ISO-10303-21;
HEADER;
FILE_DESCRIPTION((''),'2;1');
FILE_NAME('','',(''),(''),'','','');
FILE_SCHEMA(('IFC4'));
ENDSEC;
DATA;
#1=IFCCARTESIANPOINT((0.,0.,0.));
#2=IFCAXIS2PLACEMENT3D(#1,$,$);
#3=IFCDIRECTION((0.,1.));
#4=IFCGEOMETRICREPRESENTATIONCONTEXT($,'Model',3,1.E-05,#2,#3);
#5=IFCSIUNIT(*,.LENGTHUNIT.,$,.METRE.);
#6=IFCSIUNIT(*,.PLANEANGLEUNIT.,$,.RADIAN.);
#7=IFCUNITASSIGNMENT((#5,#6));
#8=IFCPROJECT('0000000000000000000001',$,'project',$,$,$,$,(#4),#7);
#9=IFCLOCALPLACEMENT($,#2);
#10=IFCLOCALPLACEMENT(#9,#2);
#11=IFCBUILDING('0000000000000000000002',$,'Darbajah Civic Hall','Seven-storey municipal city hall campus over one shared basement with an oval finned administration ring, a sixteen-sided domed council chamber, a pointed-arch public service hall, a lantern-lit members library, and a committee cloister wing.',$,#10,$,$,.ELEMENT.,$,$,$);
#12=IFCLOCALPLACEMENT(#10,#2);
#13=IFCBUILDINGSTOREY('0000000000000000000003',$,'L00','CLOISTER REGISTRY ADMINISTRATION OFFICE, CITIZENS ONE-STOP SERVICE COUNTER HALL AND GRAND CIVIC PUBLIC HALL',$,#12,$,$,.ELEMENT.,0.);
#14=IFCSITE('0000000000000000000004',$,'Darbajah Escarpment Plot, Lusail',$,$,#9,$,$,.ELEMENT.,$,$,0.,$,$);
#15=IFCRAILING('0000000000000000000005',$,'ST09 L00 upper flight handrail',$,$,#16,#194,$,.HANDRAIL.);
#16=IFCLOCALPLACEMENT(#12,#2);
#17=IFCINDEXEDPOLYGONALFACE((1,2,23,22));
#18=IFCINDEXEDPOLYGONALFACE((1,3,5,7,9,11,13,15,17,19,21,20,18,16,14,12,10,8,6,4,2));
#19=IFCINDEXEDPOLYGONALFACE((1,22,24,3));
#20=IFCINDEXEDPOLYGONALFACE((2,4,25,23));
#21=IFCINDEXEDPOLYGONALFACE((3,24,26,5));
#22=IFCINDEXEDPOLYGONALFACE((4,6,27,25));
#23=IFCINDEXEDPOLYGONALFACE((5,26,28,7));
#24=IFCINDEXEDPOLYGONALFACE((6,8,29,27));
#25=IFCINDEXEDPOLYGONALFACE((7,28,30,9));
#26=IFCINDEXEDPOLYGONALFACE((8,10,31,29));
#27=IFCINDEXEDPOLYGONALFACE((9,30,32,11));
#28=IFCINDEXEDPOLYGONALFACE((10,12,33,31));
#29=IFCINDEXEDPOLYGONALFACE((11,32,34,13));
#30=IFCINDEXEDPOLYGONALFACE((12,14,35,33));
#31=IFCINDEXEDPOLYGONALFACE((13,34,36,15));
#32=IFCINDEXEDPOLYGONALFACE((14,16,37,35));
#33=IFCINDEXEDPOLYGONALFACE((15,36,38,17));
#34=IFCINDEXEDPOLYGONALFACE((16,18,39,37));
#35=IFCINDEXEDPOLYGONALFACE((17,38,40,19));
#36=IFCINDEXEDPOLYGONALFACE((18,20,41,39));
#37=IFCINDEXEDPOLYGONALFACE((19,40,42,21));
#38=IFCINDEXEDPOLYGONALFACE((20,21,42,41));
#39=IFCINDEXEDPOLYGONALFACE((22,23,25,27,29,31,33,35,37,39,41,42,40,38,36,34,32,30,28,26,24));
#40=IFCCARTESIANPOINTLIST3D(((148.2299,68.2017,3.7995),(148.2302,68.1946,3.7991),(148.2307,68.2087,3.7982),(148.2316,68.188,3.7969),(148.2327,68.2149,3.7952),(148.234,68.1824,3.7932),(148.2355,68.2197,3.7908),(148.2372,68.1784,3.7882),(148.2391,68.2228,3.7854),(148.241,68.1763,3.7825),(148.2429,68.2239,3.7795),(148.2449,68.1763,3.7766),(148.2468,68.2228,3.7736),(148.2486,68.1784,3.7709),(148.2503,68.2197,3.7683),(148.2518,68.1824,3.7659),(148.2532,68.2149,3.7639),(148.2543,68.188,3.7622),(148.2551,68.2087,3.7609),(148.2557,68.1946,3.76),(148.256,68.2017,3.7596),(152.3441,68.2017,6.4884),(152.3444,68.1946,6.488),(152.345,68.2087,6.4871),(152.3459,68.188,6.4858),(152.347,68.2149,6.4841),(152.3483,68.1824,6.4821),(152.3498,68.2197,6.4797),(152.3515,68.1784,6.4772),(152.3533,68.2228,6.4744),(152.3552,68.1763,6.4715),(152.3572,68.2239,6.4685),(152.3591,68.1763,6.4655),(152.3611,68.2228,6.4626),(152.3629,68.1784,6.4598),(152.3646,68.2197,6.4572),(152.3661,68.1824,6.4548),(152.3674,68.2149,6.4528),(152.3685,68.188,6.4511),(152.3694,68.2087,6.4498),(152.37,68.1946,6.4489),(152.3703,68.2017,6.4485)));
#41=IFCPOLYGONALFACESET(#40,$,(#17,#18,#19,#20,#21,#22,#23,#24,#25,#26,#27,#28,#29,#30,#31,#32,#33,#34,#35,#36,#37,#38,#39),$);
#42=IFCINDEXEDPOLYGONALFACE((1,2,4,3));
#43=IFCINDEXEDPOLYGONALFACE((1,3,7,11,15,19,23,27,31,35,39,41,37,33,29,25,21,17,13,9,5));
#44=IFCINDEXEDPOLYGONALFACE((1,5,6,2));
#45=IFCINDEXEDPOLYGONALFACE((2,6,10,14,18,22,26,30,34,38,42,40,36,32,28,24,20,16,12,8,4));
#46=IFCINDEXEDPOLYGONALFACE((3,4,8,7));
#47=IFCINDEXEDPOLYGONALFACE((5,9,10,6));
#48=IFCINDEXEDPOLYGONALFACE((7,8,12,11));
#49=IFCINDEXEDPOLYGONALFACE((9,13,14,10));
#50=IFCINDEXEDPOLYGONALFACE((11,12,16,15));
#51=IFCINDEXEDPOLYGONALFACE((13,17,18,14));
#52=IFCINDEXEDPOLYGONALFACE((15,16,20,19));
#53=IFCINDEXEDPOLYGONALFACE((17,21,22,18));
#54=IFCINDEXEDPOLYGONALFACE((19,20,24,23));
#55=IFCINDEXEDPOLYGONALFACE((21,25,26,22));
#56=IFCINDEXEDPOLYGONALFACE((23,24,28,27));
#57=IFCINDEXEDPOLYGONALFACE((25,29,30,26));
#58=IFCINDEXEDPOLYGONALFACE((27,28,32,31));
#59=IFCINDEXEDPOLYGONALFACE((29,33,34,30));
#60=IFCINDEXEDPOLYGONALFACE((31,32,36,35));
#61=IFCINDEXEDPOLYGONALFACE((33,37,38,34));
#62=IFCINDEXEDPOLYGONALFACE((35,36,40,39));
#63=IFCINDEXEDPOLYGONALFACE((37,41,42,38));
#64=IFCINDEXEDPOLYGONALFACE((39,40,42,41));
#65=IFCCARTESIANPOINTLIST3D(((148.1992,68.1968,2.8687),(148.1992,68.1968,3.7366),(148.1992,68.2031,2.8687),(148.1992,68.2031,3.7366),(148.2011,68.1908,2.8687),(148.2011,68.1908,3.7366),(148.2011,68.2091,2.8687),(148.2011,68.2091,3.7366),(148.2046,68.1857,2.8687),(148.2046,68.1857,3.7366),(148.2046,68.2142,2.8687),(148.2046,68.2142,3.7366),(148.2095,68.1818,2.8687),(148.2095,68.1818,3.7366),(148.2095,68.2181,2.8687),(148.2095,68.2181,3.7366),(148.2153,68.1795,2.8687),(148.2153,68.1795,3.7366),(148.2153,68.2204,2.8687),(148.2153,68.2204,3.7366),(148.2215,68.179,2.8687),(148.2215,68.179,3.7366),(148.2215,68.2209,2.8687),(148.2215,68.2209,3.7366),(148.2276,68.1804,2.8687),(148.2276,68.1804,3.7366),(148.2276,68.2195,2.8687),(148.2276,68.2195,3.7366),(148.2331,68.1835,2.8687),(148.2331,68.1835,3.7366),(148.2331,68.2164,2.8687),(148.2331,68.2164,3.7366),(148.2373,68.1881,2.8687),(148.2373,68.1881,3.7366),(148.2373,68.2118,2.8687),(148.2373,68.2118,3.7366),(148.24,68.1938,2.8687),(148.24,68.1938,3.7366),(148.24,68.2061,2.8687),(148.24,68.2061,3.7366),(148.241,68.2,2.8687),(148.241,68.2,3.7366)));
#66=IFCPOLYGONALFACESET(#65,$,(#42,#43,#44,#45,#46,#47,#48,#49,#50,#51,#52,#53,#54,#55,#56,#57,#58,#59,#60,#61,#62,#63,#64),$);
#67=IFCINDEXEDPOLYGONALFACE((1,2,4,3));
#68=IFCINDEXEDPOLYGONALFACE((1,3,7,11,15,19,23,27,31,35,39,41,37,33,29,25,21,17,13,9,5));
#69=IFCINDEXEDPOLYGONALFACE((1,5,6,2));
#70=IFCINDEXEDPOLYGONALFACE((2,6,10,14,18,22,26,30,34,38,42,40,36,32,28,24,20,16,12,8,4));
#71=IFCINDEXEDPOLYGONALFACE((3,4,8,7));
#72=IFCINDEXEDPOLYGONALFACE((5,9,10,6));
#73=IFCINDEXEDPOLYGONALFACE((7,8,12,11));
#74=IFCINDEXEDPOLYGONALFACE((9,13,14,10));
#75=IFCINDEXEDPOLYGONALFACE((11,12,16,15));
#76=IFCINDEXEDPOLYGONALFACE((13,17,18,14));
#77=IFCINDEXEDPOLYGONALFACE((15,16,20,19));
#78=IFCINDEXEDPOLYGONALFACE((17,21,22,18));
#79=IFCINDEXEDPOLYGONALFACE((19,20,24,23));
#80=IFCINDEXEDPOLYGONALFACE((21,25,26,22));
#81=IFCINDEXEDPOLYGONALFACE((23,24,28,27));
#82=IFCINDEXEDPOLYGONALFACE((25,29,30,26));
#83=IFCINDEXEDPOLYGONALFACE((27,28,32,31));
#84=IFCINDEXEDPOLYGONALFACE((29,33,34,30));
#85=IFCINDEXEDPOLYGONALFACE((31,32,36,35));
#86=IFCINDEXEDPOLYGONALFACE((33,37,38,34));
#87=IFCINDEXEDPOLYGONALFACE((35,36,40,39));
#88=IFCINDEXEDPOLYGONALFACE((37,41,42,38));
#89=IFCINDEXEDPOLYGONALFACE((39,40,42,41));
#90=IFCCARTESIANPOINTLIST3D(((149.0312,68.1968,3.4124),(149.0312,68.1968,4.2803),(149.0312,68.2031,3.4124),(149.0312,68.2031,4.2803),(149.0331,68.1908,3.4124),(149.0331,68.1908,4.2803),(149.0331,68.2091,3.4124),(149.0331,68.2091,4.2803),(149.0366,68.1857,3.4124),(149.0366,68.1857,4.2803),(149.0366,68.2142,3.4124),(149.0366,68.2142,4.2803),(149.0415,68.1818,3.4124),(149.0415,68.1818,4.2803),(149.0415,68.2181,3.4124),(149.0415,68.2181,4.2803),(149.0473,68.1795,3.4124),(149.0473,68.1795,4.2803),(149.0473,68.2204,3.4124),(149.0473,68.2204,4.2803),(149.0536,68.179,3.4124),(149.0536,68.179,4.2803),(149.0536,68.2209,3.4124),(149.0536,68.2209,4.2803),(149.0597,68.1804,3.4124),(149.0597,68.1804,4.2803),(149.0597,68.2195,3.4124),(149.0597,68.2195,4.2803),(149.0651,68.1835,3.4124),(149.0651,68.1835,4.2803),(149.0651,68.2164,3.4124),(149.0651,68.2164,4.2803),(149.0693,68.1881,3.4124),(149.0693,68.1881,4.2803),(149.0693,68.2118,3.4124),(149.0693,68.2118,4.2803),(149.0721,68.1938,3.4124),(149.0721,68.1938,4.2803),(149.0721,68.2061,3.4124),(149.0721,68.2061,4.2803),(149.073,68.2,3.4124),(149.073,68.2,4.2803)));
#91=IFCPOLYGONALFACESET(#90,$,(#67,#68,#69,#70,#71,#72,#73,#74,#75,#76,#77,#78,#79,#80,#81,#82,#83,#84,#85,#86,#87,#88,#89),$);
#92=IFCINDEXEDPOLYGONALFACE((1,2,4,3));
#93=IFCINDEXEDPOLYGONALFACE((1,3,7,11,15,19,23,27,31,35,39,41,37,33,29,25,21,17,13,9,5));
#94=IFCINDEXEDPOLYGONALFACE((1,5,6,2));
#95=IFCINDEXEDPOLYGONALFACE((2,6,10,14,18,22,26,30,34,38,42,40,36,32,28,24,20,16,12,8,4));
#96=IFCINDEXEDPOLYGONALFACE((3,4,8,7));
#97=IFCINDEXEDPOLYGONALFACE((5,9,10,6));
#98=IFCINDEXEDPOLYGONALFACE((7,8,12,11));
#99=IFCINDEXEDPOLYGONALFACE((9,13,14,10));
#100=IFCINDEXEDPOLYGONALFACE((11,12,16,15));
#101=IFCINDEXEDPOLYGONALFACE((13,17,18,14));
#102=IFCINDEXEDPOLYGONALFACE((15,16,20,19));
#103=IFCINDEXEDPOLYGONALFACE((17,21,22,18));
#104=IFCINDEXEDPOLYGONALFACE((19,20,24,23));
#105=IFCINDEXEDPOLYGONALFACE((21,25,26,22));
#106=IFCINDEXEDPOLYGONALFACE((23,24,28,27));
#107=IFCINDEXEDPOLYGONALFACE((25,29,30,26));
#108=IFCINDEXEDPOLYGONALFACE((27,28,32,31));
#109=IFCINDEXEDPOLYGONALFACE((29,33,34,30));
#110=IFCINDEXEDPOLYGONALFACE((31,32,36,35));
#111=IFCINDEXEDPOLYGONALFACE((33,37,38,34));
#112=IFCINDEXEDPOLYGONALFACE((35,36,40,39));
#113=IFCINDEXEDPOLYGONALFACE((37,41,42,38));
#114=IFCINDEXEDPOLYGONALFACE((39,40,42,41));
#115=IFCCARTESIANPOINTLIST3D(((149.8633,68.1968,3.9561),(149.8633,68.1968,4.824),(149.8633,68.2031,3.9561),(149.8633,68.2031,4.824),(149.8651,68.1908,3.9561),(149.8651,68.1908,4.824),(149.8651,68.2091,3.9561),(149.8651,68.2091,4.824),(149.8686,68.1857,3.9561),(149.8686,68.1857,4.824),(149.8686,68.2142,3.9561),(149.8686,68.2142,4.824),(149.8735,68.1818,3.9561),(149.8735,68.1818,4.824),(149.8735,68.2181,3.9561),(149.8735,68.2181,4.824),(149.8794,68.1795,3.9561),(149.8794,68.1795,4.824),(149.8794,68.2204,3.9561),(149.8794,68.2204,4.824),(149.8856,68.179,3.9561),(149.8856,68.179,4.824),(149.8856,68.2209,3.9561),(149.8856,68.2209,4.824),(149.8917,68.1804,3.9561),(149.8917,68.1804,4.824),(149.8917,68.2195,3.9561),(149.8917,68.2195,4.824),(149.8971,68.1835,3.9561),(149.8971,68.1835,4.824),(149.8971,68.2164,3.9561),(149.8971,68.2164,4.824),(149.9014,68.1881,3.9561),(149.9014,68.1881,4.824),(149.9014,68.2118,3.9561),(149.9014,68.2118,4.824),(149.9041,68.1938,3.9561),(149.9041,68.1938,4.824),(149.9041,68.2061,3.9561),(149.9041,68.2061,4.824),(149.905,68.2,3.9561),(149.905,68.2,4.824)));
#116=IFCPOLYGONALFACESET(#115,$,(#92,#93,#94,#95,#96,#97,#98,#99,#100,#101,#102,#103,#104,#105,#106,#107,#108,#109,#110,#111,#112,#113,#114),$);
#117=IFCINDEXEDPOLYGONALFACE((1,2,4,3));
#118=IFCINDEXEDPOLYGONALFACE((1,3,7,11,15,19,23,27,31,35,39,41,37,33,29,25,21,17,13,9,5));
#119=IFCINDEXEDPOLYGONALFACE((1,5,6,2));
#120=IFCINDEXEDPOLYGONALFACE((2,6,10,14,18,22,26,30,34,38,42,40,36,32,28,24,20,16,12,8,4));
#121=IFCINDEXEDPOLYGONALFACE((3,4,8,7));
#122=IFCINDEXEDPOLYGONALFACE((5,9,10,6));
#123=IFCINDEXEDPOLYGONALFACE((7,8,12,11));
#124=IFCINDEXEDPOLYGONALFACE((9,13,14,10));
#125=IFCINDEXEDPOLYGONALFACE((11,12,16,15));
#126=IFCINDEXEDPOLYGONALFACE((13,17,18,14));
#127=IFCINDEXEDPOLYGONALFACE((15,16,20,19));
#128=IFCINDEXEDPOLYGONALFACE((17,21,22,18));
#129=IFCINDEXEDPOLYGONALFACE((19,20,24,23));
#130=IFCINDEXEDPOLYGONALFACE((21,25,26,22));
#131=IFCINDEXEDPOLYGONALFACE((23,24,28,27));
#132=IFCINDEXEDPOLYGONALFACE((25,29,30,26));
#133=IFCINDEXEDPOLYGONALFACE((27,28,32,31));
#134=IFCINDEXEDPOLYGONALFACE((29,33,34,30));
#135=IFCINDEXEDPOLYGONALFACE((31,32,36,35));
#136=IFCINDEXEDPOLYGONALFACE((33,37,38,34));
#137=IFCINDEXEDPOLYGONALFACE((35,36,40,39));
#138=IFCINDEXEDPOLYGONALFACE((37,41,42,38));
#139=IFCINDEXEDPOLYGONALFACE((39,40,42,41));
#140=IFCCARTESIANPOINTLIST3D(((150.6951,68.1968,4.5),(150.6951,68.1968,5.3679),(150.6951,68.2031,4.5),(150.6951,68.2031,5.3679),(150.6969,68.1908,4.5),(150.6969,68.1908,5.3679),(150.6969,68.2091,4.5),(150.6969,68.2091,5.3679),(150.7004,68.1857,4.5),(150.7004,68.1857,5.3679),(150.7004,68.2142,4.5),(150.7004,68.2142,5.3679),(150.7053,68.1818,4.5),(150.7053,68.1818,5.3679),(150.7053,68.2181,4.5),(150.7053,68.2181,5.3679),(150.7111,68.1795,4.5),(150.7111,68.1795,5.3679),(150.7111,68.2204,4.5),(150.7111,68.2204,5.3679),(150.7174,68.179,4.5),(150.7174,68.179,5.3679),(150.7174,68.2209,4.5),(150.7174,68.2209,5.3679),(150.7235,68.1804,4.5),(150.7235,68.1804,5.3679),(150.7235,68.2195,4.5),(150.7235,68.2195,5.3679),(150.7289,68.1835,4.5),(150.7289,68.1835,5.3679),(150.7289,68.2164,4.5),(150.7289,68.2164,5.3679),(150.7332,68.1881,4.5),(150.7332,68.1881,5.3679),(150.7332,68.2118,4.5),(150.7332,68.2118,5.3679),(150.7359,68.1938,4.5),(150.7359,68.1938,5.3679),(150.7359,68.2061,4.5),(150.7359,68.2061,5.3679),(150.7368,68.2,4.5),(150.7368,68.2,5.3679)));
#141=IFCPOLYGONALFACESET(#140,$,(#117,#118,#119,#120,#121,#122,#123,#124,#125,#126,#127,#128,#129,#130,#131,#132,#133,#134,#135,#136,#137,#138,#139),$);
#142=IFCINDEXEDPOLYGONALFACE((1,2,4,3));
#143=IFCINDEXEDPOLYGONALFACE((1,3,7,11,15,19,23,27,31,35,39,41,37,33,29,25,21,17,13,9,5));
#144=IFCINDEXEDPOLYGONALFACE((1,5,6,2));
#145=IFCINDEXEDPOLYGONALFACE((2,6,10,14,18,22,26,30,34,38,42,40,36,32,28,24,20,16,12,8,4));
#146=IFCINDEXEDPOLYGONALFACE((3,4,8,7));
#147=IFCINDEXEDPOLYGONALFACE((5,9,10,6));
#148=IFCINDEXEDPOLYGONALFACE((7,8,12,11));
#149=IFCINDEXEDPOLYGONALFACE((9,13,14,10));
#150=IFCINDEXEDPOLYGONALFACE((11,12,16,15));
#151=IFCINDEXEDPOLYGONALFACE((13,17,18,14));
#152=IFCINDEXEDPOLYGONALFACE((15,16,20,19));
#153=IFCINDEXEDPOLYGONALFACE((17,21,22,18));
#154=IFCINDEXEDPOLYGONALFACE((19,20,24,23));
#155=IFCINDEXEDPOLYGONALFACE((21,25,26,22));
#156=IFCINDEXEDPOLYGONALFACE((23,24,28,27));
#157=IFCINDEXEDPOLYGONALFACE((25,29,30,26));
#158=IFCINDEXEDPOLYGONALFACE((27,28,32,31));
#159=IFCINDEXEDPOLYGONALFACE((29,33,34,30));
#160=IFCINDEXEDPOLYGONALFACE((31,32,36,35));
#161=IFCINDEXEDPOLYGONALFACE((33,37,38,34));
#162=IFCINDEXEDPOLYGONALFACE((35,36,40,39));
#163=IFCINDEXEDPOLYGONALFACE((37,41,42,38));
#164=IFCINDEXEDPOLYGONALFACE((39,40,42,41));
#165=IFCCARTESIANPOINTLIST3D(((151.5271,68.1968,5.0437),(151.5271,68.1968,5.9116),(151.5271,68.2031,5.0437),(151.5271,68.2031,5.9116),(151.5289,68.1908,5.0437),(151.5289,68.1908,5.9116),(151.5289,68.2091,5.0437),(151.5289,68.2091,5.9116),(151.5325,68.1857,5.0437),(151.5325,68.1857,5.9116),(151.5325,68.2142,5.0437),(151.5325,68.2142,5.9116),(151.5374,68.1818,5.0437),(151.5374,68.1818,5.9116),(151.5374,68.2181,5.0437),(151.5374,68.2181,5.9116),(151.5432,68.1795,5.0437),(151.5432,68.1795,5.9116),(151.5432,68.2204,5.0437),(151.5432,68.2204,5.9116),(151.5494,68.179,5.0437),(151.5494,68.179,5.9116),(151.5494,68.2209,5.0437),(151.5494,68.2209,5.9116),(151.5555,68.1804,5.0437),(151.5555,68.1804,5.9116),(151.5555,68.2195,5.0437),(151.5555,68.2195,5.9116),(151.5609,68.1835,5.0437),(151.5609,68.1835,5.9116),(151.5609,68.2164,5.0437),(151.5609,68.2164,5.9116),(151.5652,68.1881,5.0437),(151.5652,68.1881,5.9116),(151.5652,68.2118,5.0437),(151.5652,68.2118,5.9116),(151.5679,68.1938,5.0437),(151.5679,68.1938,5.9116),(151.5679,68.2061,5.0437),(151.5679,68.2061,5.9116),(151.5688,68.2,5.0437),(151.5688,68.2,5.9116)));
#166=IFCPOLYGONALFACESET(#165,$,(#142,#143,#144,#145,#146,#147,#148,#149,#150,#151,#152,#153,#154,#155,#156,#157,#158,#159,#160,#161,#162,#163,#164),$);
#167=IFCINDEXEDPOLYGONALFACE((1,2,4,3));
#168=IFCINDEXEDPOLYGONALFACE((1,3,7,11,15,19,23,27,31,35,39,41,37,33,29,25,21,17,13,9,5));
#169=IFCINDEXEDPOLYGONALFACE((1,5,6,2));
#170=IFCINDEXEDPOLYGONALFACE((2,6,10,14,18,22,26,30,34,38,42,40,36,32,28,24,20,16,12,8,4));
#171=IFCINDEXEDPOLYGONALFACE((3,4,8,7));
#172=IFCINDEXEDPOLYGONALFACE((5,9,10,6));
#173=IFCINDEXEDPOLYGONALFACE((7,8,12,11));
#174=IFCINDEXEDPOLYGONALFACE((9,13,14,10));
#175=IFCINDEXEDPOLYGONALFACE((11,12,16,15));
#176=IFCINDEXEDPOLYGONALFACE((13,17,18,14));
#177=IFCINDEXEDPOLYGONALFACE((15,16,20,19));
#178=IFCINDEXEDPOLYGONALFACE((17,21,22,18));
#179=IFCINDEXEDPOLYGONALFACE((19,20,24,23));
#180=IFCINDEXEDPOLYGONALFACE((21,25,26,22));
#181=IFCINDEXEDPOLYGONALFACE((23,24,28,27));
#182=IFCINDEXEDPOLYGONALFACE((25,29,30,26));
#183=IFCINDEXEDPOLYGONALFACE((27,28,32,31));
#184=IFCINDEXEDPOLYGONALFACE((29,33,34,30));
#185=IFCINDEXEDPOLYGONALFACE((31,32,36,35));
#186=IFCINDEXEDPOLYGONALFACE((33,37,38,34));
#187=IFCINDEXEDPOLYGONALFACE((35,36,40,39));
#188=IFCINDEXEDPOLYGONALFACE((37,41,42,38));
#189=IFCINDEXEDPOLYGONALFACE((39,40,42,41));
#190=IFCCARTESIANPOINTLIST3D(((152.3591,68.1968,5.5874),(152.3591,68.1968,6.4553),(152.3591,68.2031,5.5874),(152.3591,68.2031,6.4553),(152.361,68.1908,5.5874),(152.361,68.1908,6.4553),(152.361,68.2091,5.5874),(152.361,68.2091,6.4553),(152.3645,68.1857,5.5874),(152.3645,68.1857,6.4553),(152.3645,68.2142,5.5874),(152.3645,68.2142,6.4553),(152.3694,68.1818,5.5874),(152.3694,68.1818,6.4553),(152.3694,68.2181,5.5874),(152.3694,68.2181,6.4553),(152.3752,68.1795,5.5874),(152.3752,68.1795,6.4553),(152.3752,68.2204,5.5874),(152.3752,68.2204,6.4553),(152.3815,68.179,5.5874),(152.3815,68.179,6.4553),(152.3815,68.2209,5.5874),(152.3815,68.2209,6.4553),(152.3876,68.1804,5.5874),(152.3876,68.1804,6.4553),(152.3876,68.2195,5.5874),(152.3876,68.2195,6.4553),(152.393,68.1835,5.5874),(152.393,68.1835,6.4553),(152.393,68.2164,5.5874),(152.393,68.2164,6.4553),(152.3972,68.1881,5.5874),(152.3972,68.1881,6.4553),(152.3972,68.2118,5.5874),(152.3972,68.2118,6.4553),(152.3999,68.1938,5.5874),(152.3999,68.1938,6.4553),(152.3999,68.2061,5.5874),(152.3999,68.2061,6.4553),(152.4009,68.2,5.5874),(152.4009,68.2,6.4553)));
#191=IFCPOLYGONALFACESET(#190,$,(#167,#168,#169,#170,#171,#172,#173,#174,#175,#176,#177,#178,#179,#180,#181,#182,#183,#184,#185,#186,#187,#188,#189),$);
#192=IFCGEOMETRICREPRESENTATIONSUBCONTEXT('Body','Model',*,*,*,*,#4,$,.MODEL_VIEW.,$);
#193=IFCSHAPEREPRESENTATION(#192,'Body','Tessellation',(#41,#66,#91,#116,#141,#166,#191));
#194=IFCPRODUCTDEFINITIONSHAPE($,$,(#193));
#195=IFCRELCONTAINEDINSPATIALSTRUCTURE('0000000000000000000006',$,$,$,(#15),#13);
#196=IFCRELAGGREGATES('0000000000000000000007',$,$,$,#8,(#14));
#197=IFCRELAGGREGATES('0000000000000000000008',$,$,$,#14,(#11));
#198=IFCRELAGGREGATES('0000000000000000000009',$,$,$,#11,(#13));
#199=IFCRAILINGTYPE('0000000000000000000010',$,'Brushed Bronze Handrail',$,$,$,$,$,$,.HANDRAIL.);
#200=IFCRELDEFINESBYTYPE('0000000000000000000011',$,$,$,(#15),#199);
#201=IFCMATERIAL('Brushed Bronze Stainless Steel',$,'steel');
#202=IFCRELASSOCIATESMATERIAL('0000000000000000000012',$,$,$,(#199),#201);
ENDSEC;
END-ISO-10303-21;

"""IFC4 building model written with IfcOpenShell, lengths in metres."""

from ifc_helpers import new_model, si_unit, direction, frame, origin, origin_2d, place, context, subcontext, project, spatial, circle, extrude, material, type_object, element, save


model = new_model("IFC4")

# Units and contexts
model_context = context("Model", 3, precision=1e-05, world=origin(), true_north=direction((0.0, 1.0)))
body_context = subcontext(model_context, "Body", "Model", "MODEL_VIEW")
ifc_project = project(units=[si_unit("LENGTHUNIT", "METRE"), si_unit("PLANEANGLEUNIT", "RADIAN")], contexts=[model_context])

# Site, building, storey
site_placement = place(None, origin())
site = spatial("IfcSite", under=ifc_project, at=site_placement, Name="Darbajah Escarpment Plot, Lusail", CompositionType="ELEMENT", RefElevation=0.0)
building_placement = place(site_placement, origin())
building = spatial("IfcBuilding", under=site, at=building_placement, Name="Darbajah Civic Hall", Description="Seven-storey municipal city hall campus over one shared basement with an oval finned administration ring, a sixteen-sided domed council chamber, a pointed-arch public service hall, a lantern-lit members library, and a committee cloister wing.", CompositionType="ELEMENT")
storey_placement = place(building_placement, origin())
storey = spatial("IfcBuildingStorey", under=building, at=storey_placement, Name="L00", Description="CLOISTER REGISTRY ADMINISTRATION OFFICE, CITIZENS ONE-STOP SERVICE COUNTER HALL AND GRAND CIVIC PUBLIC HALL", CompositionType="ELEMENT", Elevation=0.0)

# Railing
ifc_material_1 = material(Name="Brushed Bronze Stainless Steel", Category="steel")
railing_type_1 = type_object("IfcRailingType", Name="Brushed Bronze Handrail", PredefinedType="HANDRAIL", material=ifc_material_1)
railing_1_placement = place(storey_placement, frame((148.22, 68.2, 2.8687)))
element("IfcRailing", 1, at=railing_1_placement, inside=storey, type_object=railing_type_1, Name="ST09 L00 upper flight handrail", PredefinedType="HANDRAIL", context=body_context, shape_type="SweptSolid", body=[
    extrude(circle(Radius=0.0239, at=origin_2d()), frame((0.0229, 0.0, 0.9109), z_axis=(0.83708, 0.0, 0.547081), x_axis=(0.0, 1.0, 0.0)), (0.0, 0.0, 1.0), 4.915),
    extrude(circle(Radius=0.021, at=origin_2d()), origin(), (0.0, 0.0, 1.0), 0.8679),
    extrude(circle(Radius=0.021, at=origin_2d()), frame((0.832, 0.0, 0.5437)), (0.0, 0.0, 1.0), 0.8679),
    extrude(circle(Radius=0.021, at=origin_2d()), frame((1.6641, 0.0, 1.0874)), (0.0, 0.0, 1.0), 0.8679),
    extrude(circle(Radius=0.021, at=origin_2d()), frame((2.4958, 0.0, 1.6313)), (0.0, 0.0, 1.0), 0.8679),
    extrude(circle(Radius=0.021, at=origin_2d()), frame((3.3279, 0.0, 2.175)), (0.0, 0.0, 1.0), 0.8679),
    extrude(circle(Radius=0.021, at=origin_2d()), frame((4.1599, 0.0, 2.7188)), (0.0, 0.0, 1.0), 0.8679),
])

save(model, "model.ifc")
